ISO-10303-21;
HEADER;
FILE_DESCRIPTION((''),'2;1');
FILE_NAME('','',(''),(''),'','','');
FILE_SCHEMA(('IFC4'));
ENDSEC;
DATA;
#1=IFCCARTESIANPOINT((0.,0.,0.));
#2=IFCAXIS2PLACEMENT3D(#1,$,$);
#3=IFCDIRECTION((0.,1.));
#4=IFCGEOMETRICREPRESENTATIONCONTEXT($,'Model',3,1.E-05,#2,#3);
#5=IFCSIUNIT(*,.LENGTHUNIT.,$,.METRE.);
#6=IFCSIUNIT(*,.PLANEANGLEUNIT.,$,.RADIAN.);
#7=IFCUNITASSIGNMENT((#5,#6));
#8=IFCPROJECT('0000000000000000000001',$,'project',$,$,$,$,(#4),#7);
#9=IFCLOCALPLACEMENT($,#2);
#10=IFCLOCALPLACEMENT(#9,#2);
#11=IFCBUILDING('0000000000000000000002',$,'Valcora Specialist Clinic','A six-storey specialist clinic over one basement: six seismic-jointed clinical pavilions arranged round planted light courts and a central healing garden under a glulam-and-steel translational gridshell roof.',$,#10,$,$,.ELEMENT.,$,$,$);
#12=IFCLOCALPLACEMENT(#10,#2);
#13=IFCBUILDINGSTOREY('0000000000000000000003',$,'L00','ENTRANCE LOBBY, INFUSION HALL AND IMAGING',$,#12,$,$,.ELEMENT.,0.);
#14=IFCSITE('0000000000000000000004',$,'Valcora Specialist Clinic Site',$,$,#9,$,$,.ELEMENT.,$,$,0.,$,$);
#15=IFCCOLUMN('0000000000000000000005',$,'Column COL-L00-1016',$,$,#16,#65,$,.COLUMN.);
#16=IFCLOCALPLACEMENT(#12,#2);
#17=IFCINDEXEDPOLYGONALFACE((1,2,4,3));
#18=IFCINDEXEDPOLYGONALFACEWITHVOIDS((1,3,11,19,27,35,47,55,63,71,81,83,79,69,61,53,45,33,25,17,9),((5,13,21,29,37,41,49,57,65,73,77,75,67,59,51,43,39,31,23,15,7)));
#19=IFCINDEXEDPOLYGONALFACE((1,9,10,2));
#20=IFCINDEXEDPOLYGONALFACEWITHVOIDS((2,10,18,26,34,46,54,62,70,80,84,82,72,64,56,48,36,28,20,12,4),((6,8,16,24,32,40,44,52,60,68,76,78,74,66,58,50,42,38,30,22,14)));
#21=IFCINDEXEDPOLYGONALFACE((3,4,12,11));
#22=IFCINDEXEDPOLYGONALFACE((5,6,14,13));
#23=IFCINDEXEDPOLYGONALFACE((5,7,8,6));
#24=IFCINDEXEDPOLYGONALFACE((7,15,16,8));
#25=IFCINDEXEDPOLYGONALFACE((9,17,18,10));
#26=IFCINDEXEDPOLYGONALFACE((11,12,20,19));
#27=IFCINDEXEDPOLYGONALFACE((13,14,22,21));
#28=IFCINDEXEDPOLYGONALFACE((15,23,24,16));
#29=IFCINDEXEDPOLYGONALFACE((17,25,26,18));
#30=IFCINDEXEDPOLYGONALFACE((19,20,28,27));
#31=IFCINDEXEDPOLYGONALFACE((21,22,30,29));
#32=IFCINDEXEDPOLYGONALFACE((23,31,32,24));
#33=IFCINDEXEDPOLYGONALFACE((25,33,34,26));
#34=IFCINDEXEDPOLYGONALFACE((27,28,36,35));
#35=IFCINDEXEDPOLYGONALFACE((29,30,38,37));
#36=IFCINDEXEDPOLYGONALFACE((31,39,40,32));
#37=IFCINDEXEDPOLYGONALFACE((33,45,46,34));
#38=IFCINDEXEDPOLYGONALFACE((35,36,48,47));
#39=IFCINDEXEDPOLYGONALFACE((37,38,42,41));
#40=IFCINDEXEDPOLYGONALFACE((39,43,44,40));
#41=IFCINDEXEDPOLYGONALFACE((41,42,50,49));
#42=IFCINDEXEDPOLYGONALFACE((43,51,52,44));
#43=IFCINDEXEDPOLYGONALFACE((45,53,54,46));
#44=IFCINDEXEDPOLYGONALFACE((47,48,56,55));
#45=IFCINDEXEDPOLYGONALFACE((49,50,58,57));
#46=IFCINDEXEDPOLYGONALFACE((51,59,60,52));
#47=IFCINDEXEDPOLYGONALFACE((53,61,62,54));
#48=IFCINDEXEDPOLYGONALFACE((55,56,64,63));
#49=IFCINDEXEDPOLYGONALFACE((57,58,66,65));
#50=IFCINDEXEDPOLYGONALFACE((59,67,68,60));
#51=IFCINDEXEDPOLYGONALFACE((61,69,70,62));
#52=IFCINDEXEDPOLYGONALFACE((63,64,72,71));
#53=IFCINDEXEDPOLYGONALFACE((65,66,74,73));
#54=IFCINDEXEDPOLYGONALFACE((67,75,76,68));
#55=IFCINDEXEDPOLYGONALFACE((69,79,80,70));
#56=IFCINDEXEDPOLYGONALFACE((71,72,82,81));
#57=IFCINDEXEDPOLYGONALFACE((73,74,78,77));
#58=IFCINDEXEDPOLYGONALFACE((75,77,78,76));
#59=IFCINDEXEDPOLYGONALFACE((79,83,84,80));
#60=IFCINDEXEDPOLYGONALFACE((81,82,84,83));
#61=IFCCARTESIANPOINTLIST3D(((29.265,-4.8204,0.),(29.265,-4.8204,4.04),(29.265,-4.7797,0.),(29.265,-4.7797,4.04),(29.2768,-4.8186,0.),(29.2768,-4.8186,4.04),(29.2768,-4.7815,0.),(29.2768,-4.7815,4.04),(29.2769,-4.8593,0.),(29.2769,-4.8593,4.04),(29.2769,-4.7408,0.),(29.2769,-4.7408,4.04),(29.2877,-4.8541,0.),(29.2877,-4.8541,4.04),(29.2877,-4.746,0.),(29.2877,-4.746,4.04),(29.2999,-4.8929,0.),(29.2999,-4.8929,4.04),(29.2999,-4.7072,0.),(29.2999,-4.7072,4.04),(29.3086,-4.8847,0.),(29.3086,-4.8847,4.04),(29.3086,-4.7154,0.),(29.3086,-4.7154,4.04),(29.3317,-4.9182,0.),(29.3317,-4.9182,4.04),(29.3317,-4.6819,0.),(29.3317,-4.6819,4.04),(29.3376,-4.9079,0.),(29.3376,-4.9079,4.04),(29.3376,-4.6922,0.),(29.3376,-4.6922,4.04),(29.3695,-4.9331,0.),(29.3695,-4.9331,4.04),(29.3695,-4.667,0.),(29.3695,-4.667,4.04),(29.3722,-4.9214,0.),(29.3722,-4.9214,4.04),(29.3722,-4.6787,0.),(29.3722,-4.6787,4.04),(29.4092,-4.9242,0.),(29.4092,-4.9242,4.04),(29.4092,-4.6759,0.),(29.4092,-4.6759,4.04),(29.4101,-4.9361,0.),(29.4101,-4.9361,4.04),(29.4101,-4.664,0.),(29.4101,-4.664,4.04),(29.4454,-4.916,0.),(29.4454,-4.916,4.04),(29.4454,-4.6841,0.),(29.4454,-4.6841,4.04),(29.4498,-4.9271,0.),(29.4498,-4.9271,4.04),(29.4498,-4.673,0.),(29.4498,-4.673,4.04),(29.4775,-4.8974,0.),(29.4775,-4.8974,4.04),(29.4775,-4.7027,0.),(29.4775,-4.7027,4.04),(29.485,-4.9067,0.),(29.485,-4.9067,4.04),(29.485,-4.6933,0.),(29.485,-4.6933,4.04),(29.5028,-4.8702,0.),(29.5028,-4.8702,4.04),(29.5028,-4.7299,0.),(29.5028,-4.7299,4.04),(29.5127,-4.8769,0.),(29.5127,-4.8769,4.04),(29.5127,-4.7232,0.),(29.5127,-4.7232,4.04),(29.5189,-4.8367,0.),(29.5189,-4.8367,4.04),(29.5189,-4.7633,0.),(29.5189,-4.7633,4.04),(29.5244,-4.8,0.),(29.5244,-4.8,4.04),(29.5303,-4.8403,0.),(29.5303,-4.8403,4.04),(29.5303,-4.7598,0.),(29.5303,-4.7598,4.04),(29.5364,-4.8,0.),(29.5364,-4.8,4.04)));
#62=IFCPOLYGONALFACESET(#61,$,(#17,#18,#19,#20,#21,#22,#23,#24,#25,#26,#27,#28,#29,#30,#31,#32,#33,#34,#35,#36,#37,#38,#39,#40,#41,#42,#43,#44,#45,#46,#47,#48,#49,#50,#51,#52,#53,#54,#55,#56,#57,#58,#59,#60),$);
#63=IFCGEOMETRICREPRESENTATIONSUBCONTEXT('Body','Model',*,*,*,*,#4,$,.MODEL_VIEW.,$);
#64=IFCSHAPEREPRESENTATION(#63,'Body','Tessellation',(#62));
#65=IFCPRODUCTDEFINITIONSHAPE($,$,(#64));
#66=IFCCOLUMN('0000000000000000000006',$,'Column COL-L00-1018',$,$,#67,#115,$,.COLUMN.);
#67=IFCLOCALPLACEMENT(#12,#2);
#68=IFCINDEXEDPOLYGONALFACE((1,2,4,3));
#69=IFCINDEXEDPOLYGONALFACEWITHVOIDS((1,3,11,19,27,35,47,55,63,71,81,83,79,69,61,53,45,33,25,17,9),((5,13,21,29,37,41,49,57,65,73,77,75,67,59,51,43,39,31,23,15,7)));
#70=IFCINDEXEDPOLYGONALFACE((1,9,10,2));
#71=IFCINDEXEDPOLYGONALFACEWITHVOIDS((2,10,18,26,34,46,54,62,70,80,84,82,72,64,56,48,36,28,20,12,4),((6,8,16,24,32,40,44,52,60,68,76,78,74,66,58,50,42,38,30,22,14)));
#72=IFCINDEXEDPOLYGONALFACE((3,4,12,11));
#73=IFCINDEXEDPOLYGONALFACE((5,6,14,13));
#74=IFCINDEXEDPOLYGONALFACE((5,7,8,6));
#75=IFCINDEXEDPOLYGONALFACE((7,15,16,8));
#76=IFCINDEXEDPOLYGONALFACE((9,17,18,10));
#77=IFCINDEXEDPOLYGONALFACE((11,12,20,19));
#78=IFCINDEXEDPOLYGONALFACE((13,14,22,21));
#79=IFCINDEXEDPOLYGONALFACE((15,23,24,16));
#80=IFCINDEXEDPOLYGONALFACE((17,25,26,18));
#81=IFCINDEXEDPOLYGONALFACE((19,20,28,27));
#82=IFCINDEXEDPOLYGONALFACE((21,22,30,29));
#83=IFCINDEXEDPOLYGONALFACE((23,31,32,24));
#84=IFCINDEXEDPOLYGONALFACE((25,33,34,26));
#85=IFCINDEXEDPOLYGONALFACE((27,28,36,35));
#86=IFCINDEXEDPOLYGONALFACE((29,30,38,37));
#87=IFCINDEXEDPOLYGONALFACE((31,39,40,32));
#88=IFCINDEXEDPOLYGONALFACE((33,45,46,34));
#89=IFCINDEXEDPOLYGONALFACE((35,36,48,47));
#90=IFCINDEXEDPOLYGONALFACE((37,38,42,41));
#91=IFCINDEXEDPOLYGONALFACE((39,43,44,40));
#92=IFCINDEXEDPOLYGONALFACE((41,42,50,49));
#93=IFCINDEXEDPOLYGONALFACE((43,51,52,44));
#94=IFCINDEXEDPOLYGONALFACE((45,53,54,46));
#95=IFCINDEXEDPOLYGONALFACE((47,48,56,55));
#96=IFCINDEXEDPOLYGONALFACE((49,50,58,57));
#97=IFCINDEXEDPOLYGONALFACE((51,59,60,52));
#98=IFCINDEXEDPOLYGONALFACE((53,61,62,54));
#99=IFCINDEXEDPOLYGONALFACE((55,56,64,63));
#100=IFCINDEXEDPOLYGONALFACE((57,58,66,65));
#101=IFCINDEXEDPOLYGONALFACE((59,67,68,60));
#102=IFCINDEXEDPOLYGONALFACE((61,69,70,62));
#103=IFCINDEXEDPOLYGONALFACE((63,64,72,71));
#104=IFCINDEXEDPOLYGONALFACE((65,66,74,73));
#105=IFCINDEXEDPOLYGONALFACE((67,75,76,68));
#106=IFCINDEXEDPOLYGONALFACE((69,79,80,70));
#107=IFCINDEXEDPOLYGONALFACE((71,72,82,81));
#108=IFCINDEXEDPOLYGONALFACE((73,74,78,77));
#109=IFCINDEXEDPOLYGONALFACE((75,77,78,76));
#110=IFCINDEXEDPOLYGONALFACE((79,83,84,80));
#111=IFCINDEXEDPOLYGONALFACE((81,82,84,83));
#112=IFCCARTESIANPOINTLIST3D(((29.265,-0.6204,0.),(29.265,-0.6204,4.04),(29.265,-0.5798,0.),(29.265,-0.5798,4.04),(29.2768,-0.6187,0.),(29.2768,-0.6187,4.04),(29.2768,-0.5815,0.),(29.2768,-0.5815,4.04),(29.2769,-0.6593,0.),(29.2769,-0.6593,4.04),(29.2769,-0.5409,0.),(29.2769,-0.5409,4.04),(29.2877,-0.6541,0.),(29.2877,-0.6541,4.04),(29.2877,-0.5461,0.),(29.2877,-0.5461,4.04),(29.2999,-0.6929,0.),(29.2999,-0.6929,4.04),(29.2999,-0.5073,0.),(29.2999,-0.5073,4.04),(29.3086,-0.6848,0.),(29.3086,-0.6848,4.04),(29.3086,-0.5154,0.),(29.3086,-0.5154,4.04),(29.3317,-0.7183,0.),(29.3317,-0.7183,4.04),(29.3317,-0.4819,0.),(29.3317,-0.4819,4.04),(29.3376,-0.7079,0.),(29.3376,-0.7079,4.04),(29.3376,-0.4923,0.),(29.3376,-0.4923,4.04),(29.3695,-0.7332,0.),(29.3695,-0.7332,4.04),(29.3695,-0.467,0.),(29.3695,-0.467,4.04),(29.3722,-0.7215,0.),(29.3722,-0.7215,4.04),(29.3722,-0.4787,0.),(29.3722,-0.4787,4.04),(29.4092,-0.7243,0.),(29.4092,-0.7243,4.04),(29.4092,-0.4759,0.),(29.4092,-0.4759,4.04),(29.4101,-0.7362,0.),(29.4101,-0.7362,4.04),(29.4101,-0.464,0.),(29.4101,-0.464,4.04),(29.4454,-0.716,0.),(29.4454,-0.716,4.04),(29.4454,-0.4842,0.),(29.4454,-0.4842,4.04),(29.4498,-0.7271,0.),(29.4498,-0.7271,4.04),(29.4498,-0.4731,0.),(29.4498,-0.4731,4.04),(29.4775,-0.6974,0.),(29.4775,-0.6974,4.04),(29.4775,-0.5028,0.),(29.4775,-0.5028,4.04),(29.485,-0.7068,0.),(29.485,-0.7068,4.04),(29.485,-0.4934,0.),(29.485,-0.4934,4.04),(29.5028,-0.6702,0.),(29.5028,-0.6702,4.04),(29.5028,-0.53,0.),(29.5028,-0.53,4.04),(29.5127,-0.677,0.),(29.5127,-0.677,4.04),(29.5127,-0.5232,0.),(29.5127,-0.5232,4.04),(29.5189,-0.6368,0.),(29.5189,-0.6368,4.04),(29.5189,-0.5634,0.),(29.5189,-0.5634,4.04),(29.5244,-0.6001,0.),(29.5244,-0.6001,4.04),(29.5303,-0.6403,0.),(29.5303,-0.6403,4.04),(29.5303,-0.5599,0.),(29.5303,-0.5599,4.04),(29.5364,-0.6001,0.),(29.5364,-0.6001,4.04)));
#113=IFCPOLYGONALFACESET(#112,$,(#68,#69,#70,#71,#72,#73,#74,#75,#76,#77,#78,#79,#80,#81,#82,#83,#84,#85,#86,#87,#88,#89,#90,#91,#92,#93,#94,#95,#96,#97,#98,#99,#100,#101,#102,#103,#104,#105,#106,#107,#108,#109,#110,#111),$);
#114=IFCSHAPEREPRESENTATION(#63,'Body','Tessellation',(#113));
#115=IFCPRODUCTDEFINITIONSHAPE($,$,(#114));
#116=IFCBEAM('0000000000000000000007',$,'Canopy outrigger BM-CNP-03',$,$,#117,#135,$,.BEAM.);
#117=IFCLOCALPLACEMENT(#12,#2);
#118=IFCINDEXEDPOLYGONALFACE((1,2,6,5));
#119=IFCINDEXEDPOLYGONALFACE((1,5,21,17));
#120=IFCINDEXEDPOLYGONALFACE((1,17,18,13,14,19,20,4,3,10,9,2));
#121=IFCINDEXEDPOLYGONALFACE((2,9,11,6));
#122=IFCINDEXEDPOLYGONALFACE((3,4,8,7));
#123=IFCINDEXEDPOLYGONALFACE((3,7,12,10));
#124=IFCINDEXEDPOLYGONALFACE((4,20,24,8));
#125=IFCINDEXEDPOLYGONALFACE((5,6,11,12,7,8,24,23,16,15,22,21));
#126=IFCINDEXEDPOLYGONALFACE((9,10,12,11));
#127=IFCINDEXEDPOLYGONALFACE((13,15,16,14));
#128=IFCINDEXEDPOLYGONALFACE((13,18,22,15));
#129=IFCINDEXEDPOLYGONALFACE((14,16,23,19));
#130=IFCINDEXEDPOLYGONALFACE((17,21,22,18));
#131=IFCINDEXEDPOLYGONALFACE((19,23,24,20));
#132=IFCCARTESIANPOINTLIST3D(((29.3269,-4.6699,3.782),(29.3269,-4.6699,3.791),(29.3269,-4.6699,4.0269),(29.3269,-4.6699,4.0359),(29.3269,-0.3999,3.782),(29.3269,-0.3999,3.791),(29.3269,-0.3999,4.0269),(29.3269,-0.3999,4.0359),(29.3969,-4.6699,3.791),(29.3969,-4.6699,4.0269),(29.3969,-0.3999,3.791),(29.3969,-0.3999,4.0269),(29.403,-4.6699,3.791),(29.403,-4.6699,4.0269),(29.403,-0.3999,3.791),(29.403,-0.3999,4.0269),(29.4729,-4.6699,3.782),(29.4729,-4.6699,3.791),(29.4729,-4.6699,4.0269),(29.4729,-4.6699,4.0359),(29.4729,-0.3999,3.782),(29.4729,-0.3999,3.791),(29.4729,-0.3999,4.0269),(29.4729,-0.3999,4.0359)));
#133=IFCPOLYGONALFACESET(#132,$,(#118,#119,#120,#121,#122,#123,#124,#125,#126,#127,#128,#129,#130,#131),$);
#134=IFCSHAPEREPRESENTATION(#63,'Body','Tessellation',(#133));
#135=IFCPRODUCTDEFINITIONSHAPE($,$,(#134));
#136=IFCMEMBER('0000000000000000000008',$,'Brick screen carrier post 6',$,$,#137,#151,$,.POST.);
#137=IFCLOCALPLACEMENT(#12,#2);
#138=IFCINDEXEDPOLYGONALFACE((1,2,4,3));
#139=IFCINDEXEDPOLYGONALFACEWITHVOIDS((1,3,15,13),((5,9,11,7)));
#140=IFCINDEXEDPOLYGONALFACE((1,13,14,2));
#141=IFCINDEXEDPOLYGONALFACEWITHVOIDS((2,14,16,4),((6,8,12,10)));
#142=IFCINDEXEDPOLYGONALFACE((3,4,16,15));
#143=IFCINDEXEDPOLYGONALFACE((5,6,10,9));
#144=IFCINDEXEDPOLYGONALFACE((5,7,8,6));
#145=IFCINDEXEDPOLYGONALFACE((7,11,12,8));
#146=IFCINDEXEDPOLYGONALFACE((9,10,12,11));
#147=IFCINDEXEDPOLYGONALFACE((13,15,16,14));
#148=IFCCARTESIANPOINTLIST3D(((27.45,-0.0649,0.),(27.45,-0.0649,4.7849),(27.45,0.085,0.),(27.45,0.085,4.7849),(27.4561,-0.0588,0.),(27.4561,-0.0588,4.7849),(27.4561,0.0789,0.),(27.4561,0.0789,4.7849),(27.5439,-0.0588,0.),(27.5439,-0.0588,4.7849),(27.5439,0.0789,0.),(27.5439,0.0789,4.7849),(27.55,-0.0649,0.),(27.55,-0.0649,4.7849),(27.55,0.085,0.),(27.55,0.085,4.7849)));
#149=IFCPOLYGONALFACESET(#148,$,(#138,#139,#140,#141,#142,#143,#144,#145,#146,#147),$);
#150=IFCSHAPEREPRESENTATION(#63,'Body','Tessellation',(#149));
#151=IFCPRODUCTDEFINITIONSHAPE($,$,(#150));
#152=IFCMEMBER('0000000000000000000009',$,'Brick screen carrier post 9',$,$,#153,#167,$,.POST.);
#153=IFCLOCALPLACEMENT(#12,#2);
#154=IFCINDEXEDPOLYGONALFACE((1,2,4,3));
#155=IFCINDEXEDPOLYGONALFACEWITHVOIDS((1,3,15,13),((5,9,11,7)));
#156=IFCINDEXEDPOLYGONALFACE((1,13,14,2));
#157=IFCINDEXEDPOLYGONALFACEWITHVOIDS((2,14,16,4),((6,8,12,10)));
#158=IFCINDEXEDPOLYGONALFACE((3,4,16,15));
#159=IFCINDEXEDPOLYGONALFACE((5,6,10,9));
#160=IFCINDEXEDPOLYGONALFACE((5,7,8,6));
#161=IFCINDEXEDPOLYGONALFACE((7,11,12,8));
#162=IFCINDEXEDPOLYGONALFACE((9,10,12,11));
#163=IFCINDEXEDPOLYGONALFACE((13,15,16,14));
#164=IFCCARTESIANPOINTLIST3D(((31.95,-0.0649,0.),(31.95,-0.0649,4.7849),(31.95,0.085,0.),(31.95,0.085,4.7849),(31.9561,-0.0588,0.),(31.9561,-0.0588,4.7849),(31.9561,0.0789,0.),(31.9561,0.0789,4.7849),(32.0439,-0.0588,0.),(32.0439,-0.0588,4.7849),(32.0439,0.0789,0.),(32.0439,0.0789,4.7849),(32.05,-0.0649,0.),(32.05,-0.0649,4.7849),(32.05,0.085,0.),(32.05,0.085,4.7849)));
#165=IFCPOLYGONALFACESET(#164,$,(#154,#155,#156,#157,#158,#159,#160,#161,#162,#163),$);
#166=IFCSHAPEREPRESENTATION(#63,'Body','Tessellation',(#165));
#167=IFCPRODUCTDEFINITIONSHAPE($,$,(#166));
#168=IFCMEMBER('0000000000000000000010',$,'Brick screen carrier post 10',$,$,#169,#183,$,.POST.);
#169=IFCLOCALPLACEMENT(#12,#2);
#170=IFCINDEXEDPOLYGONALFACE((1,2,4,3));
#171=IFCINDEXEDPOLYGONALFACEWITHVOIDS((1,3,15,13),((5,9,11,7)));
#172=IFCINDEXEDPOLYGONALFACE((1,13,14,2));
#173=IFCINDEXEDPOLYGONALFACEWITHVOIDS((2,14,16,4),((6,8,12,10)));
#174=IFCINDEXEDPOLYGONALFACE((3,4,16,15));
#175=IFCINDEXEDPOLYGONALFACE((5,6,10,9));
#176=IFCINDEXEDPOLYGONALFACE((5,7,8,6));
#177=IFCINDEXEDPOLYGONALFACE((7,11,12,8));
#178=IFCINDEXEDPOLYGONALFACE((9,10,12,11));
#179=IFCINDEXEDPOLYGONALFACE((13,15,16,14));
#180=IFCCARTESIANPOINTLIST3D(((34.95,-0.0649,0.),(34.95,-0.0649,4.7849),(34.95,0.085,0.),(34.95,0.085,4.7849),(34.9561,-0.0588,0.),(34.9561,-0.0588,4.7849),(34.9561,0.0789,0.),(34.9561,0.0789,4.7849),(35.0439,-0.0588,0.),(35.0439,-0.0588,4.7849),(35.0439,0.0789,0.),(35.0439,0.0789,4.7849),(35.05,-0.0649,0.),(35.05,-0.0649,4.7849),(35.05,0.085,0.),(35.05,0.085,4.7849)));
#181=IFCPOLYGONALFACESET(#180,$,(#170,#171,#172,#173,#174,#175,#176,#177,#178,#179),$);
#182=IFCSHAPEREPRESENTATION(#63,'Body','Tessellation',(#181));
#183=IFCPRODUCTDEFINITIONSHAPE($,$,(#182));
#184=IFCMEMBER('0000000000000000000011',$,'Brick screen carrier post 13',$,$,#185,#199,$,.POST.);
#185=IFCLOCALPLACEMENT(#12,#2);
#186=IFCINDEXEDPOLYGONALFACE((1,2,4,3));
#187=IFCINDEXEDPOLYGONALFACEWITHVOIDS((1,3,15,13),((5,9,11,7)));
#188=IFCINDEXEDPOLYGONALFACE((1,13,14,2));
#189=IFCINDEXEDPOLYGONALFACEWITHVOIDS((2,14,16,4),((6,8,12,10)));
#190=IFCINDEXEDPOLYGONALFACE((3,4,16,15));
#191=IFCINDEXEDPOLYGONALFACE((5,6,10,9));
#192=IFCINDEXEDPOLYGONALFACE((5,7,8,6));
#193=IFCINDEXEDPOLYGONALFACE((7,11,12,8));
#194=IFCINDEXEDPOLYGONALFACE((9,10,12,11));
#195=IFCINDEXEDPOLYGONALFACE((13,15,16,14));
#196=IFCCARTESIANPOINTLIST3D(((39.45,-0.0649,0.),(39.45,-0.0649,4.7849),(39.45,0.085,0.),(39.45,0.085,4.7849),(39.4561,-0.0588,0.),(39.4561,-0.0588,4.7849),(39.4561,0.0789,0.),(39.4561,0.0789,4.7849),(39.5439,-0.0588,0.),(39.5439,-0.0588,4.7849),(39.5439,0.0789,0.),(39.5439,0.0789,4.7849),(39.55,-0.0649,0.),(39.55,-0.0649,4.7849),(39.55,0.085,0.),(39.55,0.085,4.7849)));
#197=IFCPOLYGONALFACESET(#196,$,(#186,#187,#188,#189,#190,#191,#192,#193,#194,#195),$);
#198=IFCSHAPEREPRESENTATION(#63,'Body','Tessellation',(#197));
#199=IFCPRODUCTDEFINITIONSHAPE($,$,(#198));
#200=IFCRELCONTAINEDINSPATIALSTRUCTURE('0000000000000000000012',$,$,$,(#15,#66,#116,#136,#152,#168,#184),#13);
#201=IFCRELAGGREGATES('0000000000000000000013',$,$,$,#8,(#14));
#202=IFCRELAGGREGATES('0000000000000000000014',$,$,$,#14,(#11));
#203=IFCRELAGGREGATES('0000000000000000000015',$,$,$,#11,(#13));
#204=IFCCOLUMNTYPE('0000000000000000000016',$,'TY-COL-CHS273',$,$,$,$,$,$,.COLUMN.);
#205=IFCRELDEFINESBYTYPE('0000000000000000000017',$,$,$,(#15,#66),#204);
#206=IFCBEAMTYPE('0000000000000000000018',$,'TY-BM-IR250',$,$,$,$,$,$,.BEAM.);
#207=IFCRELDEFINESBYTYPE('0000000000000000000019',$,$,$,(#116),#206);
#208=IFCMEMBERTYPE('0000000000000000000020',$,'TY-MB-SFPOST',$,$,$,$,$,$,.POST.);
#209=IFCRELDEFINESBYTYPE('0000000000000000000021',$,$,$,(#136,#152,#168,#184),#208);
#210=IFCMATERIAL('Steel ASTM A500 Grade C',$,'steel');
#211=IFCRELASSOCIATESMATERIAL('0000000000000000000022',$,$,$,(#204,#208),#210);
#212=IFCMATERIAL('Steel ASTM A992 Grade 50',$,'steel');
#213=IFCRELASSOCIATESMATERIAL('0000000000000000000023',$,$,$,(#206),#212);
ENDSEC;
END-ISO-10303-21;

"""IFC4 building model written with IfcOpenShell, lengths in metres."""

from ifc_helpers import new_model, si_unit, direction, frame, origin, origin_2d, place, context, subcontext, project, spatial, hollow_rectangle, hollow_circle, i_section, extrude, material, material_profile, profile_set, type_object, element, save


model = new_model("IFC4")

# Units and contexts
model_context = context("Model", 3, precision=1e-05, world=origin(), true_north=direction((0.0, 1.0)))
body_context = subcontext(model_context, "Body", "Model", "MODEL_VIEW")
ifc_project = project(units=[si_unit("LENGTHUNIT", "METRE"), si_unit("PLANEANGLEUNIT", "RADIAN")], contexts=[model_context])

# Site, building, storey
site_placement = place(None, origin())
site = spatial("IfcSite", under=ifc_project, at=site_placement, Name="Valcora Specialist Clinic Site", CompositionType="ELEMENT", RefElevation=0.0)
building_placement = place(site_placement, origin())
building = spatial("IfcBuilding", under=site, at=building_placement, Name="Valcora Specialist Clinic", Description="A six-storey specialist clinic over one basement: six seismic-jointed clinical pavilions arranged round planted light courts and a central healing garden under a glulam-and-steel translational gridshell roof.", CompositionType="ELEMENT")
storey_placement = place(building_placement, origin())
storey = spatial("IfcBuildingStorey", under=building, at=storey_placement, Name="L00", Description="ENTRANCE LOBBY, INFUSION HALL AND IMAGING", CompositionType="ELEMENT", Elevation=0.0)

# Columns
ifc_material_1 = material(Name="Steel ASTM A500 Grade C", Category="steel")
ifc_material_profile_1 = material_profile(ifc_material_1, hollow_circle(Radius=0.1365, WallThickness=0.012, at=origin_2d()), Name="ST-CHS-273X12")
ifc_profile_set_1 = profile_set([ifc_material_profile_1], Name="Steel ASTM A500 Grade C")
column_type = type_object("IfcColumnType", Name="TY-COL-CHS273", PredefinedType="COLUMN", material=ifc_profile_set_1)
for number, where, z_axis, x_axis, name in (
    (1, (29.3999, -4.8, 0.0), (0.0, 0.0, 1.0), (1.0, 0.0, 0.0), "Column COL-L00-1016"),
    (2, (29.3999, -0.6001, 0.0), (0.0, 0.0, 1.0), (1.0, 0.0, 0.0), "Column COL-L00-1018"),
):
    element("IfcColumn", number, at=place(storey_placement, frame(where, z_axis=z_axis, x_axis=x_axis)), inside=storey, type_object=column_type, Name=name, PredefinedType="COLUMN", context=body_context, shape_type="SweptSolid", body=[
        extrude(hollow_circle(Radius=0.1365, WallThickness=0.012, at=origin_2d()), origin(), (0.0, 0.0, 1.0), 4.04),
    ])

# Beam
ifc_material_2 = material(Name="Steel ASTM A992 Grade 50", Category="steel")
ifc_material_profile_2 = material_profile(ifc_material_2, i_section(OverallWidth=0.146, OverallDepth=0.2539, WebThickness=0.0061, FlangeThickness=0.009, at=origin_2d()), Name="ST-IR-250X145")
ifc_profile_set_2 = profile_set([ifc_material_profile_2], Name="Steel ASTM A992 Grade 50")
beam_type = type_object("IfcBeamType", Name="TY-BM-IR250", PredefinedType="BEAM", material=ifc_profile_set_2)
beam_placement = place(storey_placement, frame((29.3999, -4.6699, 3.9089), z_axis=(0.0, 1.0, 0.0), x_axis=(-1.0, 0.0, 0.0)))
element("IfcBeam", 3, at=beam_placement, inside=storey, type_object=beam_type, Name="Canopy outrigger BM-CNP-03", PredefinedType="BEAM", context=body_context, shape_type="SweptSolid", body=[
    extrude(i_section(OverallWidth=0.146, OverallDepth=0.2539, WebThickness=0.0061, FlangeThickness=0.009, at=origin_2d()), origin(), (0.0, 0.0, 1.0), 4.27),
])

# Members
ifc_material_profile_3 = material_profile(ifc_material_1, hollow_rectangle(XDim=0.1001, YDim=0.1499, WallThickness=0.0061, at=origin_2d()), Name="ST-RHS-150X100X6")
ifc_profile_set_3 = profile_set([ifc_material_profile_3], Name="Steel ASTM A500 Grade C")
member_type_1 = type_object("IfcMemberType", Name="TY-MB-SFPOST", PredefinedType="POST", material=ifc_profile_set_3)
for number, where, z_axis, x_axis, name in (
    (4, (27.5, 0.01, 0.0), (0.0, 0.0, 1.0), (1.0, 0.0, 0.0), "Brick screen carrier post 6"),
    (5, (32.0, 0.01, 0.0), (0.0, 0.0, 1.0), (1.0, 0.0, 0.0), "Brick screen carrier post 9"),
    (6, (35.0, 0.01, 0.0), (0.0, 0.0, 1.0), (1.0, 0.0, 0.0), "Brick screen carrier post 10"),
    (7, (39.5, 0.01, 0.0), (0.0, 0.0, 1.0), (1.0, 0.0, 0.0), "Brick screen carrier post 13"),
):
    element("IfcMember", number, at=place(storey_placement, frame(where, z_axis=z_axis, x_axis=x_axis)), inside=storey, type_object=member_type_1, Name=name, PredefinedType="POST", context=body_context, shape_type="SweptSolid", body=[
        extrude(hollow_rectangle(XDim=0.1001, YDim=0.1499, WallThickness=0.0061, at=origin_2d()), origin(), (0.0, 0.0, 1.0), 4.7849),
    ])

save(model, "model.ifc")
